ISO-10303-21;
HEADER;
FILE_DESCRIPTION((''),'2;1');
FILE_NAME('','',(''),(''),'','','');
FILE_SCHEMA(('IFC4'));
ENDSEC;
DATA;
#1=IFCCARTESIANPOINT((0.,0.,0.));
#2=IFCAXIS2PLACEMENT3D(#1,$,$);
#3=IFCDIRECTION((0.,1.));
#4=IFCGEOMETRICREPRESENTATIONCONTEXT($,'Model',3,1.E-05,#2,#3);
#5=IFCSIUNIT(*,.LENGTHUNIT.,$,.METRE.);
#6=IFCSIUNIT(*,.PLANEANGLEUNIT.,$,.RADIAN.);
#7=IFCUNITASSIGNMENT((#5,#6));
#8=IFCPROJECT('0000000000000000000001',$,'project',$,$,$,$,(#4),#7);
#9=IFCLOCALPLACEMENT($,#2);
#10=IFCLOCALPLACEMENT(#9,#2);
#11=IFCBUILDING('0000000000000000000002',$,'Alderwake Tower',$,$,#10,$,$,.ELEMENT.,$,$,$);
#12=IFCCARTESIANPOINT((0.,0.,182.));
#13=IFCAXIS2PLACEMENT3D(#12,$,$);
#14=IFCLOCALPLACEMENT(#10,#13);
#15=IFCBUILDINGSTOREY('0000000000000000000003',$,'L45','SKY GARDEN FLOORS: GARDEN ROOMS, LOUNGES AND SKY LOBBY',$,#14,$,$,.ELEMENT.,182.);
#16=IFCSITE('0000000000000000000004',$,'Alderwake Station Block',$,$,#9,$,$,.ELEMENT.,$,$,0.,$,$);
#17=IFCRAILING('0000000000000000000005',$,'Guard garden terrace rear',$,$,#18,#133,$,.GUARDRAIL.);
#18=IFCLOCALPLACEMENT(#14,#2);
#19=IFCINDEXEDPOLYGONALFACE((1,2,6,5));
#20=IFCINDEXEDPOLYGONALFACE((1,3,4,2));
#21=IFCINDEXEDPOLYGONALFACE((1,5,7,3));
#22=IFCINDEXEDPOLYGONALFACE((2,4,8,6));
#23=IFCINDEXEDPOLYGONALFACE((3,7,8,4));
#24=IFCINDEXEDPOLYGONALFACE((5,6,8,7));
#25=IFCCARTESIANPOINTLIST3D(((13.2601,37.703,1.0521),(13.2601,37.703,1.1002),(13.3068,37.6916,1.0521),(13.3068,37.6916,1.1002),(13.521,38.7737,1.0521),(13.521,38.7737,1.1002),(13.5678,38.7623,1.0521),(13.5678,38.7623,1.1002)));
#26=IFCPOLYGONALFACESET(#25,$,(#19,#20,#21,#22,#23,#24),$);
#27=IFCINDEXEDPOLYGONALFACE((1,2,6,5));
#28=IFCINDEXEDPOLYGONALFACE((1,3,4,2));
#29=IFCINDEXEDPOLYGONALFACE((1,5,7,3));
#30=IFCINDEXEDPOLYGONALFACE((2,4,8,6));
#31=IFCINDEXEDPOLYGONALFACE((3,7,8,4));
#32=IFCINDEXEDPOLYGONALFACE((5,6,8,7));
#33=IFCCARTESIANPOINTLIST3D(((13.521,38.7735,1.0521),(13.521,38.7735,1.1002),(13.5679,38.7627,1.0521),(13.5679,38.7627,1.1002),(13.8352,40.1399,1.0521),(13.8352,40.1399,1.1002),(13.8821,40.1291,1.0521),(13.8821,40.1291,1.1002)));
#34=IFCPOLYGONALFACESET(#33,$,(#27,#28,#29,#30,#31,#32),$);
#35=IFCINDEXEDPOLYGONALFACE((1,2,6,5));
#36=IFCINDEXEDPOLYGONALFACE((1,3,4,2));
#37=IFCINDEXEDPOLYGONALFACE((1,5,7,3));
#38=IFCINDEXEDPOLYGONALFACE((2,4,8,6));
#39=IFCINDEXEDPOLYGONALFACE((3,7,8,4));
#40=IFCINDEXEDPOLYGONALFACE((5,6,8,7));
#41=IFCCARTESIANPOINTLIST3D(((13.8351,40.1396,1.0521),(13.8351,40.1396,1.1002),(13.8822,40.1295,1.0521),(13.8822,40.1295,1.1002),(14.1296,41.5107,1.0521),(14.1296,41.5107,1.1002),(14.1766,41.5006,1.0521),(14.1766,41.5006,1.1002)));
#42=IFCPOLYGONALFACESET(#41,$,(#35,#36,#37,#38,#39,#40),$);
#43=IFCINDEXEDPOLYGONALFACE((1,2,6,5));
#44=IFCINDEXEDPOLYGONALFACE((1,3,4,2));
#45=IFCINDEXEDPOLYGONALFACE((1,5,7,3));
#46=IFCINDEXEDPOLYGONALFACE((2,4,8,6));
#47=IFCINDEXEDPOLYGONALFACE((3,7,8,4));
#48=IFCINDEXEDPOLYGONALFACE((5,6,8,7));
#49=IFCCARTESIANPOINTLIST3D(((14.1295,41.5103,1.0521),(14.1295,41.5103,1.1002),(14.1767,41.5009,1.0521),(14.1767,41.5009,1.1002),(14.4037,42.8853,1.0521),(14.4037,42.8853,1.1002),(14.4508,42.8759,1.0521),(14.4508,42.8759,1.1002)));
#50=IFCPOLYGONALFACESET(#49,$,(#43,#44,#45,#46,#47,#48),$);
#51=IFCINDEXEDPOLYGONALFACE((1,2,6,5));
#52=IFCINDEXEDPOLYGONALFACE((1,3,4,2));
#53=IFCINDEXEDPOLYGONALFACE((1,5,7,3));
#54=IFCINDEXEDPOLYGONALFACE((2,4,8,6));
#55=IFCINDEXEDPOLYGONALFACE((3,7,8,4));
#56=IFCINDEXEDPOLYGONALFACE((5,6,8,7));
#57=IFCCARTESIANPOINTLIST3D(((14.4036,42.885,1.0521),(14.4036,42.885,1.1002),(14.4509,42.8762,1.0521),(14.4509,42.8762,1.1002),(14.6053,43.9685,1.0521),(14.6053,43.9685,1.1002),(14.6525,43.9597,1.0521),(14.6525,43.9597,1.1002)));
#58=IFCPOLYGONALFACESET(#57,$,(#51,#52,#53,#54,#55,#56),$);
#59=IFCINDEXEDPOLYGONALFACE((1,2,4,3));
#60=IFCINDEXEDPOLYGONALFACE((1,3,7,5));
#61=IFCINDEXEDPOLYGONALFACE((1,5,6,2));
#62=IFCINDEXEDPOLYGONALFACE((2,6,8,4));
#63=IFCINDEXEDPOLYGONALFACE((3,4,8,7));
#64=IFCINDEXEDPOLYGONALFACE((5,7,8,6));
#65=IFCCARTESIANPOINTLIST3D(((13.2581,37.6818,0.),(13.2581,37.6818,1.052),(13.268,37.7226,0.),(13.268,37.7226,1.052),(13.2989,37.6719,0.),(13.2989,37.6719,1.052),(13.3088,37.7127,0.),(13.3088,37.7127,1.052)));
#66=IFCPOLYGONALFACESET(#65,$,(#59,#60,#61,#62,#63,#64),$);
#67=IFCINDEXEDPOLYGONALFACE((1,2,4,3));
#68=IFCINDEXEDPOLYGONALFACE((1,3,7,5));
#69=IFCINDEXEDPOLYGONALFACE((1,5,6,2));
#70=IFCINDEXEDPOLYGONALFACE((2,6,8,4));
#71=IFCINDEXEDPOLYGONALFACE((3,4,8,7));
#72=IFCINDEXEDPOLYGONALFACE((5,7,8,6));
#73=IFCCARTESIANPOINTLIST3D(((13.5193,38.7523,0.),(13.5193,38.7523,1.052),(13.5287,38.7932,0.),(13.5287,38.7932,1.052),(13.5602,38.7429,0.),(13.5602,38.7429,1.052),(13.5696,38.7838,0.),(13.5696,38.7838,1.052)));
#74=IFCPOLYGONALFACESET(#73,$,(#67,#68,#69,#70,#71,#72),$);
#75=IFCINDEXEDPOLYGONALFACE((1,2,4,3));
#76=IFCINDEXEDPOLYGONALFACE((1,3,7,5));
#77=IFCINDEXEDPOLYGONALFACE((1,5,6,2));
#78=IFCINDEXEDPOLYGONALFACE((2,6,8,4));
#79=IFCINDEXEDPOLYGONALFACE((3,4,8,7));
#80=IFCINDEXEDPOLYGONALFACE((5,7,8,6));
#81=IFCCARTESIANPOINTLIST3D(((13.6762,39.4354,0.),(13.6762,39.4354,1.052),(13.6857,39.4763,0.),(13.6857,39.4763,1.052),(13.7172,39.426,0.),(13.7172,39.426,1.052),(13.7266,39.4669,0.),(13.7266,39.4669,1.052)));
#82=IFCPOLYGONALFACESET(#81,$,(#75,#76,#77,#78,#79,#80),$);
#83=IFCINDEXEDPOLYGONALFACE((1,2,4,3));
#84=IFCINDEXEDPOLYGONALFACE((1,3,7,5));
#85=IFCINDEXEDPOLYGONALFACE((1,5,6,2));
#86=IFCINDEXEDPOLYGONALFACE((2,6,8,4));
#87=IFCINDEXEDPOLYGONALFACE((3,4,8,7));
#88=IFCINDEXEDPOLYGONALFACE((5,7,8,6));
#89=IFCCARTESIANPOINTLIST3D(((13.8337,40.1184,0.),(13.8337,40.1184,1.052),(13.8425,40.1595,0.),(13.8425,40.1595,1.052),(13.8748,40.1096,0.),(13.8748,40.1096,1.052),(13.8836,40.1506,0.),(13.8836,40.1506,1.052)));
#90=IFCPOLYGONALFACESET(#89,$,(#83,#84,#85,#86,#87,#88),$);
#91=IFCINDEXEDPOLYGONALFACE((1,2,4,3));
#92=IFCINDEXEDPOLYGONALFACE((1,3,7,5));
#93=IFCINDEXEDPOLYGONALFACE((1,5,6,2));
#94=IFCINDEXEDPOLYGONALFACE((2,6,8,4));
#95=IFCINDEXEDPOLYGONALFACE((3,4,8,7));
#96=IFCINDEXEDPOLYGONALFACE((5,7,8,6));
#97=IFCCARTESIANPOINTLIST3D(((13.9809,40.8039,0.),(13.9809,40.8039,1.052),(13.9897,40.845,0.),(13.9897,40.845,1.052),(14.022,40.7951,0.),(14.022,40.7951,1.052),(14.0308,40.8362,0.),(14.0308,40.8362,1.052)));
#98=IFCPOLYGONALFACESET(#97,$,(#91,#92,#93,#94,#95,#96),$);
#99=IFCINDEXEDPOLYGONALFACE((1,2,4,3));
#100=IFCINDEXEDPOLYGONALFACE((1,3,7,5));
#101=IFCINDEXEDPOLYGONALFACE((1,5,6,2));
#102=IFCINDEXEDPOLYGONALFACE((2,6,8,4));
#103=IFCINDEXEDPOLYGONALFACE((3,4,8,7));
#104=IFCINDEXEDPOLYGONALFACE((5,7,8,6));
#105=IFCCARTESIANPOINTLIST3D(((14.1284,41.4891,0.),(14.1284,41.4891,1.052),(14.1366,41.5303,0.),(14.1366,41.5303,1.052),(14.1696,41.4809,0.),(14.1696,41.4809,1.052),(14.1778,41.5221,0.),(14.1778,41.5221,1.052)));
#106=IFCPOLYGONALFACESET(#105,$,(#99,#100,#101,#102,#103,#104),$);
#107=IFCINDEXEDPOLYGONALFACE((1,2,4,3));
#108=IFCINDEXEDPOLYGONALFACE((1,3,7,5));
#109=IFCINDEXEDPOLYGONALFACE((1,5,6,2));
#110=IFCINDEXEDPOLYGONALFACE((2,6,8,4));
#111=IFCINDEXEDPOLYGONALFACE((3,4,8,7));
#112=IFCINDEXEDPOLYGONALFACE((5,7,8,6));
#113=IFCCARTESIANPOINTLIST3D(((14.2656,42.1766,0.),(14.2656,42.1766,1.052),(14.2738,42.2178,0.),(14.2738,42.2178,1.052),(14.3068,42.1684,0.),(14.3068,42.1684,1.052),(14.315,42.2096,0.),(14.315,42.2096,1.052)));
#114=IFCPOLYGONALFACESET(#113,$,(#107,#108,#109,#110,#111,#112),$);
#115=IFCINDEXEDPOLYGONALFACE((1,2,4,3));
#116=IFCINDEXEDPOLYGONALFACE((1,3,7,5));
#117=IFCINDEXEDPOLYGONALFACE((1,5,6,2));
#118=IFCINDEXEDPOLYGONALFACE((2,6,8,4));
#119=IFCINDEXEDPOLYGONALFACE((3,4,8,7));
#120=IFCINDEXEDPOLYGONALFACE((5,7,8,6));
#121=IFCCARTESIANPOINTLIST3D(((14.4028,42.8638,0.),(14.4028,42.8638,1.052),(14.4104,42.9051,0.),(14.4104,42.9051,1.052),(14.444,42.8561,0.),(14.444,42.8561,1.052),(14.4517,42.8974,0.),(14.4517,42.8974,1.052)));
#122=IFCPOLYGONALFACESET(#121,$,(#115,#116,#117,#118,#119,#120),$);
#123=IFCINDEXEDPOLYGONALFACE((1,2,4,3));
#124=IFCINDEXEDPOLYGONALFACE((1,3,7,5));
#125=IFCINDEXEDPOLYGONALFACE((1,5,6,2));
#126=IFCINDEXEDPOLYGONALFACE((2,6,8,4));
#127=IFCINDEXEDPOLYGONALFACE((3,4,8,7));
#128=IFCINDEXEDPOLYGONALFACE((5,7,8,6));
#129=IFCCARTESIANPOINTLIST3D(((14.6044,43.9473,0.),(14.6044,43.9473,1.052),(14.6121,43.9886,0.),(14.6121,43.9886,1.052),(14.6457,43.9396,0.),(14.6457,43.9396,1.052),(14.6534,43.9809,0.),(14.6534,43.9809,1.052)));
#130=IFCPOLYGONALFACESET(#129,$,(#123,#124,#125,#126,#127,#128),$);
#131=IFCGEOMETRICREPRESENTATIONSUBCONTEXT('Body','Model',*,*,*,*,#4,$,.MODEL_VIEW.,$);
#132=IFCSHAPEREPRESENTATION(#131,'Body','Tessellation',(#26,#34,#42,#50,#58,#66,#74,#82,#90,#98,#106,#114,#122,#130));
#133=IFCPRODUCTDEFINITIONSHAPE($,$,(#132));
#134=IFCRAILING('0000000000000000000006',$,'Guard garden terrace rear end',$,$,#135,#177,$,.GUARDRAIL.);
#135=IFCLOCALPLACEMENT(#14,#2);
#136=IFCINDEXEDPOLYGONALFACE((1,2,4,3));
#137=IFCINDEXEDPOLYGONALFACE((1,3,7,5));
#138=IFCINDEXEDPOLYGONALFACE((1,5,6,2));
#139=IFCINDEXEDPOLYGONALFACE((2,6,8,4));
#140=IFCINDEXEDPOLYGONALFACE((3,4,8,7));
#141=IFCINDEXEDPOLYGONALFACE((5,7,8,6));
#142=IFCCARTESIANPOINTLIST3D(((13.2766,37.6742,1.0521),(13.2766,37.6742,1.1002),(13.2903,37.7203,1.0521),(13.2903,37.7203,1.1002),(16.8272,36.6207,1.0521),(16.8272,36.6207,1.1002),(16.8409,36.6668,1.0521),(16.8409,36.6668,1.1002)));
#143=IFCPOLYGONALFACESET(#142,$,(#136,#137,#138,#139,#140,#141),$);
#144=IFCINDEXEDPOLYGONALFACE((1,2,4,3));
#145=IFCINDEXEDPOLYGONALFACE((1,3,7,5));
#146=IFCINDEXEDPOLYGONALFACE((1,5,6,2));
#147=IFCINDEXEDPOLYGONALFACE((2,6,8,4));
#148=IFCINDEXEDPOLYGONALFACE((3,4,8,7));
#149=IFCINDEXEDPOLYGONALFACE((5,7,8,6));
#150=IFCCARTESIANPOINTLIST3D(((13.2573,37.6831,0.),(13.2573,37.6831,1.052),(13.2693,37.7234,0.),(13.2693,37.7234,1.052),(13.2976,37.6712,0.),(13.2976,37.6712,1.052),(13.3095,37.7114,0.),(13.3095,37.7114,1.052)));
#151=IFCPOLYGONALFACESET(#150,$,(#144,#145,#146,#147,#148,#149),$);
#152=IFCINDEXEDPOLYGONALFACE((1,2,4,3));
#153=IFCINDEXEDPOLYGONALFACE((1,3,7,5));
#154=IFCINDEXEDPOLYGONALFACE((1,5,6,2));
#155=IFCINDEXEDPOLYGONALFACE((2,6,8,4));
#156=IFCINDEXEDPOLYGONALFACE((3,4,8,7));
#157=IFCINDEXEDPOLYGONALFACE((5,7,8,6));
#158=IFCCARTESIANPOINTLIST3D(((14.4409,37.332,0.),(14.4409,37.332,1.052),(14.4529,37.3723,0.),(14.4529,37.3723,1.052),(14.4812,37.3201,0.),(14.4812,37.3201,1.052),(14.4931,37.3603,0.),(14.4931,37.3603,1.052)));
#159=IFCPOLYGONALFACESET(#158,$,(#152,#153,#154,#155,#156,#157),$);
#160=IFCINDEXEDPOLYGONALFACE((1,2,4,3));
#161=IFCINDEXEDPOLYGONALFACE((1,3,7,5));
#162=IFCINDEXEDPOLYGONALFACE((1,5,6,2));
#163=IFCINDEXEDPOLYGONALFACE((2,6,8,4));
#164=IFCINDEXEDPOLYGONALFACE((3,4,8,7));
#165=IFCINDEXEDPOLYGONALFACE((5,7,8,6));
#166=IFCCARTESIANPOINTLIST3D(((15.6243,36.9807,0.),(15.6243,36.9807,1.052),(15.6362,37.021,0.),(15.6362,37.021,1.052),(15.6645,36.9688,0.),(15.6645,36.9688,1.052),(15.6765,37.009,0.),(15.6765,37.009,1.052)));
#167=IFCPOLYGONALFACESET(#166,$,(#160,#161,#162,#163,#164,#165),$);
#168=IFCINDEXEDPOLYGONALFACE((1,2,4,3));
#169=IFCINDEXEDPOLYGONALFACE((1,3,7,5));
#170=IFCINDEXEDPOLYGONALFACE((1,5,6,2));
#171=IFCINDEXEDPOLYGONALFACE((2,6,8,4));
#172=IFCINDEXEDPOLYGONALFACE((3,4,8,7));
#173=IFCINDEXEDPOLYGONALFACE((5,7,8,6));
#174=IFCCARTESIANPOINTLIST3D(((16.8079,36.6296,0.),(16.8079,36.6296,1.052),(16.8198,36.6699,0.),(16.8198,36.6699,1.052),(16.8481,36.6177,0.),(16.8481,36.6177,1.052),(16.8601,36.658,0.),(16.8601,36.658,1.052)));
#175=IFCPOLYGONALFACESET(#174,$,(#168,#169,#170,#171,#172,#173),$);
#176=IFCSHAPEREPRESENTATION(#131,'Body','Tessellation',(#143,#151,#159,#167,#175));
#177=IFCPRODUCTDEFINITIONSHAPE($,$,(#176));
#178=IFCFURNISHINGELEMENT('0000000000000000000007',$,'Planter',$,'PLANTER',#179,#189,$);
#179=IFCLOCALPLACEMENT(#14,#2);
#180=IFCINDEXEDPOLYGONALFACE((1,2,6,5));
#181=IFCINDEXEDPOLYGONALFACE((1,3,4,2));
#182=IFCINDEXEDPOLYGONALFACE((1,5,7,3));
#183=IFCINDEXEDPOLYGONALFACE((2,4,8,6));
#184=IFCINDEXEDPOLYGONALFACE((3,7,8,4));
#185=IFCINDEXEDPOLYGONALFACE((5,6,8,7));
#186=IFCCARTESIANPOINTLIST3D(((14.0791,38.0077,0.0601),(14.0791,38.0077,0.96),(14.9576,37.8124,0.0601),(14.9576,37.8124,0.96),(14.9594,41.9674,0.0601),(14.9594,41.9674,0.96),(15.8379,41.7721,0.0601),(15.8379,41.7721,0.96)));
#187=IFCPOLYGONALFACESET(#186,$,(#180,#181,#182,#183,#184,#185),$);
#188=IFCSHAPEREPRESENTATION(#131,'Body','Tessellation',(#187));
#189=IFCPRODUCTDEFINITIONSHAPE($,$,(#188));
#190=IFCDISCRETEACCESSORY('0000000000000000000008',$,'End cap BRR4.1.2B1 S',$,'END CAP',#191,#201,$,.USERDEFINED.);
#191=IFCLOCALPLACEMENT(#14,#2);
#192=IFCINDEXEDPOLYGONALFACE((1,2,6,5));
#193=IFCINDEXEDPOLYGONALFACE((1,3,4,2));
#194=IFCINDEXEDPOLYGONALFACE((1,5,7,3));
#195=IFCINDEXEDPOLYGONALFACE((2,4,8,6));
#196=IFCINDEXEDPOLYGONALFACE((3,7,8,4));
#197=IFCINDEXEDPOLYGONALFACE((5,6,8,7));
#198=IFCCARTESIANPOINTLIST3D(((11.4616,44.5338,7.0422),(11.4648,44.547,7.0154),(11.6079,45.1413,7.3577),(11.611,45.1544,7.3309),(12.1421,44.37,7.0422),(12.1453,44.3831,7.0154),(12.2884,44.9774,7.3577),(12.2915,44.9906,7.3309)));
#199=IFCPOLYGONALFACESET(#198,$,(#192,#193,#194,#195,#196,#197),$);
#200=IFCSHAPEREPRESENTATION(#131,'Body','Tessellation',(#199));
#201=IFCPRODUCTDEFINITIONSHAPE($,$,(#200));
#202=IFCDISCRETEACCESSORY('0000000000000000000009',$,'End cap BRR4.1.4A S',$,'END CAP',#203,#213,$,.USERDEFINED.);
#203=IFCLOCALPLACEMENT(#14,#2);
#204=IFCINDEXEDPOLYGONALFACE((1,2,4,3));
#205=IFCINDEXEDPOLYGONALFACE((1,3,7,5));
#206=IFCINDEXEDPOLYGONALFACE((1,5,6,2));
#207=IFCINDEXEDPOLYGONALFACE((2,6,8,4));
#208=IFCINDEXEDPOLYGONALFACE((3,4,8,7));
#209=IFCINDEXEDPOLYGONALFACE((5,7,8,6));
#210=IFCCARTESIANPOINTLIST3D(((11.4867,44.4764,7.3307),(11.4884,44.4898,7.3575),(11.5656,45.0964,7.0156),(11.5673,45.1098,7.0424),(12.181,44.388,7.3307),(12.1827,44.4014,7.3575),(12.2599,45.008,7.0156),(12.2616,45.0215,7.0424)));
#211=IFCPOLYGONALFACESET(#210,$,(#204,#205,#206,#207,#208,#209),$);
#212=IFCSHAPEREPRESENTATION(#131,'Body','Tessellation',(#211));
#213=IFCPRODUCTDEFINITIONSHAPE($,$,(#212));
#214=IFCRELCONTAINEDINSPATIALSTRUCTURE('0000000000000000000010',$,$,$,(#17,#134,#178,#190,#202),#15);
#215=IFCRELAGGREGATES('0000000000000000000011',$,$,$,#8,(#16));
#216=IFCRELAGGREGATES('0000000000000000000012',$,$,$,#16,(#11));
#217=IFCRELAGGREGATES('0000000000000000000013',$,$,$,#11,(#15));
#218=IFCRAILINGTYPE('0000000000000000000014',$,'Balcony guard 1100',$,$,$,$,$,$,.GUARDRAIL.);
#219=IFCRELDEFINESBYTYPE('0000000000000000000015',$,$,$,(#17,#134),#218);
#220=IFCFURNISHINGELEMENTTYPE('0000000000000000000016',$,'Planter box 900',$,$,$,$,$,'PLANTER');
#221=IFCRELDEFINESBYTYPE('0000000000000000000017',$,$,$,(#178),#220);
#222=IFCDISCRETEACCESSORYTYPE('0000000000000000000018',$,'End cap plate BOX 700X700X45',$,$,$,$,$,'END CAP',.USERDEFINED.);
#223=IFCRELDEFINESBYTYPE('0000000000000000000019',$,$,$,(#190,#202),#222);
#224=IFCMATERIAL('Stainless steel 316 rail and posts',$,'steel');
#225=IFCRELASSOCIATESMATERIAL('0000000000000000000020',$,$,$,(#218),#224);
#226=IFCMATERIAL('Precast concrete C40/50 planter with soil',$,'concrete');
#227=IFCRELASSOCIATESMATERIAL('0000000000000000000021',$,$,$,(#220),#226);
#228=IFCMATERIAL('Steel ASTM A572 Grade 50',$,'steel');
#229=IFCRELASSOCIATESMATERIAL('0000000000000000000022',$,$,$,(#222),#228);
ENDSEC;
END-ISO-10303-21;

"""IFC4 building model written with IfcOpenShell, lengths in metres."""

from ifc_helpers import new_model, si_unit, direction, frame, origin, origin_2d, place, context, subcontext, project, spatial, rectangle, extrude, material, material_profile, profile_set, type_object, element, save


model = new_model("IFC4")

# Units and contexts
model_context = context("Model", 3, precision=1e-05, world=origin(), true_north=direction((0.0, 1.0)))
body_context = subcontext(model_context, "Body", "Model", "MODEL_VIEW")
ifc_project = project(units=[si_unit("LENGTHUNIT", "METRE"), si_unit("PLANEANGLEUNIT", "RADIAN")], contexts=[model_context])

# Site, building, storey
site_placement = place(None, origin())
site = spatial("IfcSite", under=ifc_project, at=site_placement, Name="Alderwake Station Block", CompositionType="ELEMENT", RefElevation=0.0)
building_placement = place(site_placement, origin())
building = spatial("IfcBuilding", under=site, at=building_placement, Name="Alderwake Tower", CompositionType="ELEMENT")
storey_placement = place(building_placement, frame((0.0, 0.0, 182.0)))
storey = spatial("IfcBuildingStorey", under=building, at=storey_placement, Name="L45", Description="SKY GARDEN FLOORS: GARDEN ROOMS, LOUNGES AND SKY LOBBY", CompositionType="ELEMENT", Elevation=182.0)

# Railings
ifc_material_1 = material(Name="Stainless steel 316 rail and posts", Category="steel")
railing_type = type_object("IfcRailingType", Name="Balcony guard 1100", PredefinedType="GUARDRAIL", material=ifc_material_1)
railing_1_placement = place(storey_placement, frame((13.2834, 37.6973, 0.0)))
element("IfcRailing", 1, at=railing_1_placement, inside=storey, type_object=railing_type, Name="Guard garden terrace rear", PredefinedType="GUARDRAIL", context=body_context, shape_type="SweptSolid", body=[
    extrude(rectangle(XDim=0.0481, YDim=0.0481, at=origin_2d()), frame((0.0, 0.0, 1.0762), z_axis=(0.236798, 0.971559, 0.0), x_axis=(-0.971559, 0.236798, 0.0)), (0.0, 0.0, 1.0), 1.1021),
    extrude(rectangle(XDim=0.0481, YDim=0.0481, at=origin_2d()), frame((0.261, 1.0708, 1.0762), z_axis=(0.224096, 0.974567, 0.0), x_axis=(-0.974567, 0.224096, 0.0)), (0.0, 0.0, 1.0), 1.4021),
    extrude(rectangle(XDim=0.0481, YDim=0.0481, at=origin_2d()), frame((0.5752, 2.4373, 1.0762), z_axis=(0.209957, 0.977711, 0.0), x_axis=(-0.977711, 0.209957, 0.0)), (0.0, 0.0, 1.0), 1.4023),
    extrude(rectangle(XDim=0.0481, YDim=0.0481, at=origin_2d()), frame((0.8696, 3.8083, 1.0762), z_axis=(0.195547, 0.980694, 0.0), x_axis=(-0.980694, 0.195547, 0.0)), (0.0, 0.0, 1.0), 1.4021),
    extrude(rectangle(XDim=0.0481, YDim=0.0481, at=origin_2d()), frame((1.1438, 5.1833, 1.0762), z_axis=(0.182978, 0.983117, 0.0), x_axis=(-0.983117, 0.182978, 0.0)), (0.0, 0.0, 1.0), 1.1021),
    extrude(rectangle(XDim=0.042, YDim=0.042, at=origin_2d()), frame((0.0, 0.0, 0.0), z_axis=(0.0, 0.0, 1.0), x_axis=(0.236798, 0.971559, 0.0)), (0.0, 0.0, 1.0), 1.052),
    extrude(rectangle(XDim=0.042, YDim=0.042, at=origin_2d()), frame((0.261, 1.0708, 0.0), z_axis=(0.0, 0.0, 1.0), x_axis=(0.224096, 0.974567, 0.0)), (0.0, 0.0, 1.0), 1.052),
    extrude(rectangle(XDim=0.042, YDim=0.042, at=origin_2d()), frame((0.418, 1.7539, 0.0), z_axis=(0.0, 0.0, 1.0), x_axis=(0.224096, 0.974567, 0.0)), (0.0, 0.0, 1.0), 1.052),
    extrude(rectangle(XDim=0.042, YDim=0.042, at=origin_2d()), frame((0.5752, 2.4373, 0.0), z_axis=(0.0, 0.0, 1.0), x_axis=(0.209957, 0.977711, 0.0)), (0.0, 0.0, 1.0), 1.052),
    extrude(rectangle(XDim=0.042, YDim=0.042, at=origin_2d()), frame((0.7224, 3.1228, 0.0), z_axis=(0.0, 0.0, 1.0), x_axis=(0.209957, 0.977711, 0.0)), (0.0, 0.0, 1.0), 1.052),
    extrude(rectangle(XDim=0.042, YDim=0.042, at=origin_2d()), frame((0.8696, 3.8083, 0.0), z_axis=(0.0, 0.0, 1.0), x_axis=(0.195547, 0.980694, 0.0)), (0.0, 0.0, 1.0), 1.052),
    extrude(rectangle(XDim=0.042, YDim=0.042, at=origin_2d()), frame((1.0068, 4.4958, 0.0), z_axis=(0.0, 0.0, 1.0), x_axis=(0.195547, 0.980694, 0.0)), (0.0, 0.0, 1.0), 1.052),
    extrude(rectangle(XDim=0.042, YDim=0.042, at=origin_2d()), frame((1.1438, 5.1833, 0.0), z_axis=(0.0, 0.0, 1.0), x_axis=(0.182978, 0.983117, 0.0)), (0.0, 0.0, 1.0), 1.052),
    extrude(rectangle(XDim=0.042, YDim=0.042, at=origin_2d()), frame((1.3455, 6.2668, 0.0), z_axis=(0.0, 0.0, 1.0), x_axis=(0.182978, 0.983117, 0.0)), (0.0, 0.0, 1.0), 1.052),
])
railing_2_placement = place(storey_placement, frame((13.2834, 37.6973, 0.0)))
element("IfcRailing", 2, at=railing_2_placement, inside=storey, type_object=railing_type, Name="Guard garden terrace rear end", PredefinedType="GUARDRAIL", context=body_context, shape_type="SweptSolid", body=[
    extrude(rectangle(XDim=0.0481, YDim=0.0481, at=origin_2d()), frame((0.0, 0.0, 1.0762), z_axis=(0.958691, -0.28445, 0.0), x_axis=(0.28445, 0.958691, 0.0)), (0.0, 0.0, 1.0), 3.7036),
    extrude(rectangle(XDim=0.042, YDim=0.042, at=origin_2d()), frame((0.0, 0.0, 0.0), z_axis=(0.0, 0.0, 1.0), x_axis=(0.958691, -0.28445, 0.0)), (0.0, 0.0, 1.0), 1.052),
    extrude(rectangle(XDim=0.042, YDim=0.042, at=origin_2d()), frame((1.1836, -0.3511, 0.0), z_axis=(0.0, 0.0, 1.0), x_axis=(0.958691, -0.28445, 0.0)), (0.0, 0.0, 1.0), 1.052),
    extrude(rectangle(XDim=0.042, YDim=0.042, at=origin_2d()), frame((2.3669, -0.7024, 0.0), z_axis=(0.0, 0.0, 1.0), x_axis=(0.958691, -0.28445, 0.0)), (0.0, 0.0, 1.0), 1.052),
    extrude(rectangle(XDim=0.042, YDim=0.042, at=origin_2d()), frame((3.5505, -1.0535, 0.0), z_axis=(0.0, 0.0, 1.0), x_axis=(0.958691, -0.28445, 0.0)), (0.0, 0.0, 1.0), 1.052),
])

# Furnishing element
ifc_material_2 = material(Name="Precast concrete C40/50 planter with soil", Category="concrete")
furnishing_element_type = type_object("IfcFurnishingElementType", Name="Planter box 900", ElementType="PLANTER", material=ifc_material_2)
furnishing_placement = place(storey_placement, frame((14.9585, 39.8899, 0.0601), z_axis=(0.0, 0.0, 1.0), x_axis=(0.976169, -0.21701, 0.0)))
element("IfcFurnishingElement", 3, at=furnishing_placement, inside=storey, type_object=furnishing_element_type, Name="Planter", ObjectType="PLANTER", context=body_context, shape_type="SweptSolid", body=[
    extrude(rectangle(XDim=0.8999, YDim=4.0564, at=origin_2d()), origin(), (0.0, 0.0, 1.0), 0.8999),
])

# Discrete accessories
ifc_material_3 = material(Name="Steel ASTM A572 Grade 50", Category="steel")
ifc_material_profile_1 = material_profile(ifc_material_3, rectangle(XDim=0.7, YDim=0.7, at=origin_2d()), Name="BOX 700X700X45 cap")
ifc_profile_set_1 = profile_set([ifc_material_profile_1], Name="Steel ASTM A572 Grade 50")
discrete_accessory_type_1 = type_object("IfcDiscreteAccessoryType", Name="End cap plate BOX 700X700X45", ElementType="END CAP", PredefinedType="USERDEFINED", material=ifc_profile_set_1)
for number, where, z_axis, x_axis, name in (
    (4, (11.875, 44.7556, 7.2), (0.105496, 0.438214, -0.892658), (-0.972224, 0.234054, 0.0), "End cap BRR4.1.2B1 S"),
    (5, (11.875, 44.7556, 7.2), (-0.056826, -0.446491, -0.892982), (0.991998, -0.126254, 0.0), "End cap BRR4.1.4A S"),
):
    element("IfcDiscreteAccessory", number, at=place(storey_placement, frame(where, z_axis=z_axis, x_axis=x_axis)), inside=storey, type_object=discrete_accessory_type_1, Name=name, ObjectType="END CAP", PredefinedType="USERDEFINED", context=body_context, shape_type="SweptSolid", body=[
        extrude(rectangle(XDim=0.7, YDim=0.7, at=origin_2d()), origin(), (0.0, 0.0, 1.0), 0.03),
    ])

save(model, "model.ifc")
